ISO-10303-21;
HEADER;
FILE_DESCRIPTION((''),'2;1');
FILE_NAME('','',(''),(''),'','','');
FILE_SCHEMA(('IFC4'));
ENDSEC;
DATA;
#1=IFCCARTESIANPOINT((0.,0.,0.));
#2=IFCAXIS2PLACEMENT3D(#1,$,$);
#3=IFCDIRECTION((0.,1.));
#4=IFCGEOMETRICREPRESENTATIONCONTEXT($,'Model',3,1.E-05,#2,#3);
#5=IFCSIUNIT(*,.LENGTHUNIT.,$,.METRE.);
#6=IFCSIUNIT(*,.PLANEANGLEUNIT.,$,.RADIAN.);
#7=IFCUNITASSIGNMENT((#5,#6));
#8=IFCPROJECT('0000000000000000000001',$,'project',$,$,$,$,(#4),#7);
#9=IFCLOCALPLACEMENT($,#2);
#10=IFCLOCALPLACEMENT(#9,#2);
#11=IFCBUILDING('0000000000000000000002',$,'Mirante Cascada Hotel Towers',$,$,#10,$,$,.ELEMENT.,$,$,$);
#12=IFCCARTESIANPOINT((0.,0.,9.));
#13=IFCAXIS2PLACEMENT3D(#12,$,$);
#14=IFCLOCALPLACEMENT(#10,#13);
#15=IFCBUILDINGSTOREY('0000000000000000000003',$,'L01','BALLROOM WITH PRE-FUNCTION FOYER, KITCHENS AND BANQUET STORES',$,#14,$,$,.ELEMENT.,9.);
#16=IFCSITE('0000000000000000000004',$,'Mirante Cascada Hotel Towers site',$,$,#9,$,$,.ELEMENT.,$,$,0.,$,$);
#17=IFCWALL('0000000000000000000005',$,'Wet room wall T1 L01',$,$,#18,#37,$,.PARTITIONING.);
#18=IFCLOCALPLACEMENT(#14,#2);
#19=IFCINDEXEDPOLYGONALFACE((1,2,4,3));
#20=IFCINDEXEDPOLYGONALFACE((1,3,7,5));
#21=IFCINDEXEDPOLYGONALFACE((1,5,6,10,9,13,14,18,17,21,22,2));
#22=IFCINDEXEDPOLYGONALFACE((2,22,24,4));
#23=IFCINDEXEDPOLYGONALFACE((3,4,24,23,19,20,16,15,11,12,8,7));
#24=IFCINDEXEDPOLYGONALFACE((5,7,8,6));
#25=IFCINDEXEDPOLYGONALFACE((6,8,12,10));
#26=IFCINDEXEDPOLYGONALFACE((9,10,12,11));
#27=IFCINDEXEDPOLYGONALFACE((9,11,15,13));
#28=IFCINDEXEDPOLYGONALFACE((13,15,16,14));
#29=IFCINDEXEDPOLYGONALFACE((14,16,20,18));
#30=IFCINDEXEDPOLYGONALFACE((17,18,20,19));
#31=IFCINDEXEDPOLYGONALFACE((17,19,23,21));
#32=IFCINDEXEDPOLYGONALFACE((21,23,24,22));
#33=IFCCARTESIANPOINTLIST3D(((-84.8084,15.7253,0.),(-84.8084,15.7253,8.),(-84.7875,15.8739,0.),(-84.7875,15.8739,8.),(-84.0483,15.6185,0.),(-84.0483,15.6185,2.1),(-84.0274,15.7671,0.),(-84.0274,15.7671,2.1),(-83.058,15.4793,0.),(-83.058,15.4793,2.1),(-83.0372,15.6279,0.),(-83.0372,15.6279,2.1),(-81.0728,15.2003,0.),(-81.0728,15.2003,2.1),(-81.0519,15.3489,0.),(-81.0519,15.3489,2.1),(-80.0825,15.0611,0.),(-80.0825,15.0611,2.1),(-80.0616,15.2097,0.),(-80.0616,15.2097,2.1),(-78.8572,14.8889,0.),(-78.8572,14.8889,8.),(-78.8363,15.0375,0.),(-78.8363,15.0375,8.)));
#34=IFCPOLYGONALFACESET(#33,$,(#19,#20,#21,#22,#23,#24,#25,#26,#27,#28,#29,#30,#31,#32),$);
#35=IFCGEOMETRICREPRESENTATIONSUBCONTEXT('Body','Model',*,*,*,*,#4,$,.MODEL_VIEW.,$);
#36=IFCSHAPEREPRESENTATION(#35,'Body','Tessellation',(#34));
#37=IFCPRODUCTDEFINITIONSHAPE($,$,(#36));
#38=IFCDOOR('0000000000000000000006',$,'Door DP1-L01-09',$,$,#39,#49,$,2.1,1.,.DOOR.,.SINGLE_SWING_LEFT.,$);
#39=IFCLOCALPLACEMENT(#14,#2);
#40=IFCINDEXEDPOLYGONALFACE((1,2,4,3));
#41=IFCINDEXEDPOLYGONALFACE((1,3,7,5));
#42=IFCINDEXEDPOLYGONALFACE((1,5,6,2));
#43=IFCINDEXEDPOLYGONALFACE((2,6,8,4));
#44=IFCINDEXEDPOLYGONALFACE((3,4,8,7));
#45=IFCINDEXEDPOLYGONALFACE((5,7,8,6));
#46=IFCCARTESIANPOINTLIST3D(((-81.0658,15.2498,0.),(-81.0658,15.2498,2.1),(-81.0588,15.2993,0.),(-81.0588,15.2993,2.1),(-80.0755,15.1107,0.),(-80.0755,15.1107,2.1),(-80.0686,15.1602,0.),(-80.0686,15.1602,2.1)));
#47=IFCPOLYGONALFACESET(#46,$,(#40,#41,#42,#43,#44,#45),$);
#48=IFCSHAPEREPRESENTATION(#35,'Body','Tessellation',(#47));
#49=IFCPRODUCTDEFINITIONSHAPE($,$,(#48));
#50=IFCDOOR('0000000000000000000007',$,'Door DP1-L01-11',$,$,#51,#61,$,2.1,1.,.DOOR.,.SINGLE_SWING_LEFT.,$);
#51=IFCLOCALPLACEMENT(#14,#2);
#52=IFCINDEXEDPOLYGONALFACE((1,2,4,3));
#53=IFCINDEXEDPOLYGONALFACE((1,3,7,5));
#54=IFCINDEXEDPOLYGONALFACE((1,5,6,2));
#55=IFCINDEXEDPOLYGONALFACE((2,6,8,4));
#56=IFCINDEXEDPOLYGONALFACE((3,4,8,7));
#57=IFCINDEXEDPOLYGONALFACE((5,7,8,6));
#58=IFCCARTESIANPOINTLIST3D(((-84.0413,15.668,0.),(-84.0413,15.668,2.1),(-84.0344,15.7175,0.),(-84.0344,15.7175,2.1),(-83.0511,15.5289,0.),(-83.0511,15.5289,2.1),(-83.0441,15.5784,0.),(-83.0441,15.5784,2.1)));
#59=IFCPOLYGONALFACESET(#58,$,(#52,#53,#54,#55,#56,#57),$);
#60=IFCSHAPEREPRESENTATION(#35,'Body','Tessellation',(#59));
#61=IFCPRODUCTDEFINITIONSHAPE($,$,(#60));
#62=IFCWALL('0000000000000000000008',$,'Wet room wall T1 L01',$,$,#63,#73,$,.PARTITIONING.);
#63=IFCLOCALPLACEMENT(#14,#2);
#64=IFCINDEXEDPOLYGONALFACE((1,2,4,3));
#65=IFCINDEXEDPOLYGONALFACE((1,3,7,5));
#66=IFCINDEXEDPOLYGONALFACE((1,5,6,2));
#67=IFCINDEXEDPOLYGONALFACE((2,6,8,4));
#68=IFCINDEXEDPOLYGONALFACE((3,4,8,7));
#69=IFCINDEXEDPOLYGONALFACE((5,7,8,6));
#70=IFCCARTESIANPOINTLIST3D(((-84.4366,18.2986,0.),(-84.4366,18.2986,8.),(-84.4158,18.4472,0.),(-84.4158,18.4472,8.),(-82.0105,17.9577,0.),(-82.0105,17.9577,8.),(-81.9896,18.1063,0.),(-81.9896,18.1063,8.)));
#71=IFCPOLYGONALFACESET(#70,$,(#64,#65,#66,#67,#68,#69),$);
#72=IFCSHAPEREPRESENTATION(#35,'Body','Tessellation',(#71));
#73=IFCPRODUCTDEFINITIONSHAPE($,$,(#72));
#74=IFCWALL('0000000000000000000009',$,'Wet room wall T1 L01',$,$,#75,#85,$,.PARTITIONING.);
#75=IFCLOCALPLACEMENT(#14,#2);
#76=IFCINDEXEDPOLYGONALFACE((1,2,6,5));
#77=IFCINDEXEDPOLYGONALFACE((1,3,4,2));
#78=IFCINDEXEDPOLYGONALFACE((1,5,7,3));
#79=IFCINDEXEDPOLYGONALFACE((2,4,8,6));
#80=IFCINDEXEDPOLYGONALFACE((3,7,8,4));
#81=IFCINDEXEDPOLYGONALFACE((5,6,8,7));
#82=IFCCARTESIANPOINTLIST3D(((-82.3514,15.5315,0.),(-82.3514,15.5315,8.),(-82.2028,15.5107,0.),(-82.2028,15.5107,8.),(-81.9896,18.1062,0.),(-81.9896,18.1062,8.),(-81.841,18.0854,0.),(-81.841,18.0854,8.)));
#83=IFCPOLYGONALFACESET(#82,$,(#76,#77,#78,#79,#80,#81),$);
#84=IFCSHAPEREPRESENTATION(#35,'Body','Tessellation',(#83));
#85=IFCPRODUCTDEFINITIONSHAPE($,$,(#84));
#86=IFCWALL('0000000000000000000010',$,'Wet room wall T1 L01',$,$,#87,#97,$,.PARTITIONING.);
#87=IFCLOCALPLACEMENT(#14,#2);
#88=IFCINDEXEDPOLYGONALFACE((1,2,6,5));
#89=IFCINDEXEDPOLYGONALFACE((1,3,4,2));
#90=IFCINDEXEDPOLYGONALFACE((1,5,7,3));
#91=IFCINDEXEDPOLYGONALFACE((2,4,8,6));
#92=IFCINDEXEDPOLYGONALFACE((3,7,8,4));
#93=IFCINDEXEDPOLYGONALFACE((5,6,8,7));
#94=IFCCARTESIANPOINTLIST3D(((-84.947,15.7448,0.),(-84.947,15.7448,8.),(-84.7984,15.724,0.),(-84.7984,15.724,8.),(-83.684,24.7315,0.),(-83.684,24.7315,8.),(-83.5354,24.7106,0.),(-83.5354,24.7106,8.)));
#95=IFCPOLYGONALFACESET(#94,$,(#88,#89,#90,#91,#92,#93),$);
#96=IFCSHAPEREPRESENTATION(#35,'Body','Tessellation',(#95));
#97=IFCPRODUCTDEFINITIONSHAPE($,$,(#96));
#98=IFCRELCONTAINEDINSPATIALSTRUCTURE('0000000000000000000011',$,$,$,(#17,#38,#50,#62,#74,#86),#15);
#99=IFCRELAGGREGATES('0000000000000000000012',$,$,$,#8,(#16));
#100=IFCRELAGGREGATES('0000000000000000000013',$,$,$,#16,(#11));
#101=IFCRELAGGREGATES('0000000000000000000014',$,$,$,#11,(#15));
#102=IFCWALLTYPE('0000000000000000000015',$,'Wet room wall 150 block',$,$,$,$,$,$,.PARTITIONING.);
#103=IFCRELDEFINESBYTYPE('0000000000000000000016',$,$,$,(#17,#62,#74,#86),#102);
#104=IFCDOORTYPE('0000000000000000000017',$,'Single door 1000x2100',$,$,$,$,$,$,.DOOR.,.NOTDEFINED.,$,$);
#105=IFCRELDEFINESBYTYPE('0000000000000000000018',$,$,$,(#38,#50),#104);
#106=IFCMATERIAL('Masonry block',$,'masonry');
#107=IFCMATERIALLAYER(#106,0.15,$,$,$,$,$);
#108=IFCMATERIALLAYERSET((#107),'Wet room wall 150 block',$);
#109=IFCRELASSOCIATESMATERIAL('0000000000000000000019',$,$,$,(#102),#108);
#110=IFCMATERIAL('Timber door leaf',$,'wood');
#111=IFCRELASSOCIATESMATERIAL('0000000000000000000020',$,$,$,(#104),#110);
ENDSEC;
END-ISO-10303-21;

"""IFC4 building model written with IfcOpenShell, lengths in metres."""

from ifc_helpers import new_model, si_unit, direction, frame, frame_2d, origin, place, context, subcontext, project, spatial, rectangle, extrude, material, layer, layer_set, type_object, element, fill, save


model = new_model("IFC4")

# Units and contexts
model_context = context("Model", 3, precision=1e-05, world=origin(), true_north=direction((0.0, 1.0)))
body_context = subcontext(model_context, "Body", "Model", "MODEL_VIEW")
ifc_project = project(units=[si_unit("LENGTHUNIT", "METRE"), si_unit("PLANEANGLEUNIT", "RADIAN")], contexts=[model_context])

# Site, building, storey
site_placement = place(None, origin())
site = spatial("IfcSite", under=ifc_project, at=site_placement, Name="Mirante Cascada Hotel Towers site", CompositionType="ELEMENT", RefElevation=0.0)
building_placement = place(site_placement, origin())
building = spatial("IfcBuilding", under=site, at=building_placement, Name="Mirante Cascada Hotel Towers", CompositionType="ELEMENT")
storey_placement = place(building_placement, frame((0.0, 0.0, 9.0)))
storey = spatial("IfcBuildingStorey", under=building, at=storey_placement, Name="L01", Description="BALLROOM WITH PRE-FUNCTION FOYER, KITCHENS AND BANQUET STORES", CompositionType="ELEMENT", Elevation=9.0)

# Wall, openings, doors
ifc_material_1 = material(Name="Masonry block", Category="masonry")
ifc_layer_1 = layer(ifc_material_1, 0.15)
ifc_layer_set_1 = layer_set([ifc_layer_1], Name="Wet room wall 150 block")
wall_type_1 = type_object("IfcWallType", Name="Wet room wall 150 block", PredefinedType="PARTITIONING", material=ifc_layer_set_1)
wall_1_placement = place(storey_placement, frame((-84.7979, 15.7996, 0.0), z_axis=(0.0, 0.0, 1.0), x_axis=(0.990268, -0.139175, 0.0)))
wall_1 = element("IfcWall", 1, at=wall_1_placement, inside=storey, type_object=wall_type_1, Name="Wet room wall T1 L01", PredefinedType="PARTITIONING", context=body_context, shape_type="SweptSolid", body=[
    extrude(rectangle(XDim=6.0097, YDim=0.15, at=frame_2d((3.0048, 0.0))), origin(), (0.0, 0.0, 1.0), 8.0),
])
opening_1_placement = place(wall_1_placement, frame((3.7723, 0.0, 0.0)))
opening_1 = element("IfcOpeningElement", 2, at=opening_1_placement, cuts=wall_1, PredefinedType="OPENING", context=body_context, shape_type="SweptSolid", body=[
    extrude(rectangle(XDim=1.0, YDim=2.1, at=frame_2d((0.5, 1.05))), frame((0.0, 0.075, 0.0), z_axis=(0.0, -1.0, 0.0), x_axis=(1.0, 0.0, 0.0)), (0.0, 0.0, 1.0), 0.15),
])
opening_2_placement = place(wall_1_placement, frame((0.7675, 0.0, 0.0)))
opening_2 = element("IfcOpeningElement", 3, at=opening_2_placement, cuts=wall_1, PredefinedType="OPENING", context=body_context, shape_type="SweptSolid", body=[
    extrude(rectangle(XDim=1.0, YDim=2.1, at=frame_2d((0.5, 1.05))), frame((0.0, 0.075, 0.0), z_axis=(0.0, -1.0, 0.0), x_axis=(1.0, 0.0, 0.0)), (0.0, 0.0, 1.0), 0.15),
])
ifc_material_2 = material(Name="Timber door leaf", Category="wood")
door_type = type_object("IfcDoorType", Name="Single door 1000x2100", OperationType="NOTDEFINED", PredefinedType="DOOR", material=ifc_material_2)
door_1_placement = place(opening_1_placement, origin())
door_1 = element("IfcDoor", 4, at=door_1_placement, inside=storey, type_object=door_type, Name="Door DP1-L01-09", OperationType="SINGLE_SWING_LEFT", OverallHeight=2.1, OverallWidth=1.0, PredefinedType="DOOR", context=body_context, shape_type="SweptSolid", body=[
    extrude(rectangle(XDim=1.0, YDim=2.1, at=frame_2d((0.5, 1.05))), frame((0.0, 0.025, 0.0), z_axis=(0.0, -1.0, 0.0), x_axis=(1.0, 0.0, 0.0)), (0.0, 0.0, 1.0), 0.05),
])
fill(opening_1, door_1)
door_2_placement = place(opening_2_placement, origin())
door_2 = element("IfcDoor", 5, at=door_2_placement, inside=storey, type_object=door_type, Name="Door DP1-L01-11", OperationType="SINGLE_SWING_LEFT", OverallHeight=2.1, OverallWidth=1.0, PredefinedType="DOOR", context=body_context, shape_type="SweptSolid", body=[
    extrude(rectangle(XDim=1.0, YDim=2.1, at=frame_2d((0.5, 1.05))), frame((0.0, 0.025, 0.0), z_axis=(0.0, -1.0, 0.0), x_axis=(1.0, 0.0, 0.0)), (0.0, 0.0, 1.0), 0.05),
])
fill(opening_2, door_2)

# Walls
wall_2_placement = place(storey_placement, frame((-84.4262, 18.3729, 0.0), z_axis=(0.0, 0.0, 1.0), x_axis=(0.990273, -0.139141, 0.0)))
element("IfcWall", 6, at=wall_2_placement, inside=storey, type_object=wall_type_1, Name="Wet room wall T1 L01", PredefinedType="PARTITIONING", context=body_context, shape_type="SweptSolid", body=[
    extrude(rectangle(XDim=2.45, YDim=0.15, at=frame_2d((1.225, 0.0))), origin(), (0.0, 0.0, 1.0), 8.0),
])
wall_3_placement = place(storey_placement, frame((-82.2771, 15.5211, 0.0), z_axis=(0.0, 0.0, 1.0), x_axis=(0.139154, 0.990271, 0.0)))
element("IfcWall", 7, at=wall_3_placement, inside=storey, type_object=wall_type_1, Name="Wet room wall T1 L01", PredefinedType="PARTITIONING", context=body_context, shape_type="SweptSolid", body=[
    extrude(rectangle(XDim=2.6, YDim=0.15, at=frame_2d((1.3, 0.0))), origin(), (0.0, 0.0, 1.0), 8.0),
])
wall_4_placement = place(storey_placement, frame((-84.8727, 15.7344, 0.0), z_axis=(0.0, 0.0, 1.0), x_axis=(0.139173, 0.990268, 0.0)))
element("IfcWall", 8, at=wall_4_placement, inside=storey, type_object=wall_type_1, Name="Wet room wall T1 L01", PredefinedType="PARTITIONING", context=body_context, shape_type="SweptSolid", body=[
    extrude(rectangle(XDim=9.075, YDim=0.15, at=frame_2d((4.5375, 0.0))), origin(), (0.0, 0.0, 1.0), 8.0),
])

save(model, "model.ifc")
